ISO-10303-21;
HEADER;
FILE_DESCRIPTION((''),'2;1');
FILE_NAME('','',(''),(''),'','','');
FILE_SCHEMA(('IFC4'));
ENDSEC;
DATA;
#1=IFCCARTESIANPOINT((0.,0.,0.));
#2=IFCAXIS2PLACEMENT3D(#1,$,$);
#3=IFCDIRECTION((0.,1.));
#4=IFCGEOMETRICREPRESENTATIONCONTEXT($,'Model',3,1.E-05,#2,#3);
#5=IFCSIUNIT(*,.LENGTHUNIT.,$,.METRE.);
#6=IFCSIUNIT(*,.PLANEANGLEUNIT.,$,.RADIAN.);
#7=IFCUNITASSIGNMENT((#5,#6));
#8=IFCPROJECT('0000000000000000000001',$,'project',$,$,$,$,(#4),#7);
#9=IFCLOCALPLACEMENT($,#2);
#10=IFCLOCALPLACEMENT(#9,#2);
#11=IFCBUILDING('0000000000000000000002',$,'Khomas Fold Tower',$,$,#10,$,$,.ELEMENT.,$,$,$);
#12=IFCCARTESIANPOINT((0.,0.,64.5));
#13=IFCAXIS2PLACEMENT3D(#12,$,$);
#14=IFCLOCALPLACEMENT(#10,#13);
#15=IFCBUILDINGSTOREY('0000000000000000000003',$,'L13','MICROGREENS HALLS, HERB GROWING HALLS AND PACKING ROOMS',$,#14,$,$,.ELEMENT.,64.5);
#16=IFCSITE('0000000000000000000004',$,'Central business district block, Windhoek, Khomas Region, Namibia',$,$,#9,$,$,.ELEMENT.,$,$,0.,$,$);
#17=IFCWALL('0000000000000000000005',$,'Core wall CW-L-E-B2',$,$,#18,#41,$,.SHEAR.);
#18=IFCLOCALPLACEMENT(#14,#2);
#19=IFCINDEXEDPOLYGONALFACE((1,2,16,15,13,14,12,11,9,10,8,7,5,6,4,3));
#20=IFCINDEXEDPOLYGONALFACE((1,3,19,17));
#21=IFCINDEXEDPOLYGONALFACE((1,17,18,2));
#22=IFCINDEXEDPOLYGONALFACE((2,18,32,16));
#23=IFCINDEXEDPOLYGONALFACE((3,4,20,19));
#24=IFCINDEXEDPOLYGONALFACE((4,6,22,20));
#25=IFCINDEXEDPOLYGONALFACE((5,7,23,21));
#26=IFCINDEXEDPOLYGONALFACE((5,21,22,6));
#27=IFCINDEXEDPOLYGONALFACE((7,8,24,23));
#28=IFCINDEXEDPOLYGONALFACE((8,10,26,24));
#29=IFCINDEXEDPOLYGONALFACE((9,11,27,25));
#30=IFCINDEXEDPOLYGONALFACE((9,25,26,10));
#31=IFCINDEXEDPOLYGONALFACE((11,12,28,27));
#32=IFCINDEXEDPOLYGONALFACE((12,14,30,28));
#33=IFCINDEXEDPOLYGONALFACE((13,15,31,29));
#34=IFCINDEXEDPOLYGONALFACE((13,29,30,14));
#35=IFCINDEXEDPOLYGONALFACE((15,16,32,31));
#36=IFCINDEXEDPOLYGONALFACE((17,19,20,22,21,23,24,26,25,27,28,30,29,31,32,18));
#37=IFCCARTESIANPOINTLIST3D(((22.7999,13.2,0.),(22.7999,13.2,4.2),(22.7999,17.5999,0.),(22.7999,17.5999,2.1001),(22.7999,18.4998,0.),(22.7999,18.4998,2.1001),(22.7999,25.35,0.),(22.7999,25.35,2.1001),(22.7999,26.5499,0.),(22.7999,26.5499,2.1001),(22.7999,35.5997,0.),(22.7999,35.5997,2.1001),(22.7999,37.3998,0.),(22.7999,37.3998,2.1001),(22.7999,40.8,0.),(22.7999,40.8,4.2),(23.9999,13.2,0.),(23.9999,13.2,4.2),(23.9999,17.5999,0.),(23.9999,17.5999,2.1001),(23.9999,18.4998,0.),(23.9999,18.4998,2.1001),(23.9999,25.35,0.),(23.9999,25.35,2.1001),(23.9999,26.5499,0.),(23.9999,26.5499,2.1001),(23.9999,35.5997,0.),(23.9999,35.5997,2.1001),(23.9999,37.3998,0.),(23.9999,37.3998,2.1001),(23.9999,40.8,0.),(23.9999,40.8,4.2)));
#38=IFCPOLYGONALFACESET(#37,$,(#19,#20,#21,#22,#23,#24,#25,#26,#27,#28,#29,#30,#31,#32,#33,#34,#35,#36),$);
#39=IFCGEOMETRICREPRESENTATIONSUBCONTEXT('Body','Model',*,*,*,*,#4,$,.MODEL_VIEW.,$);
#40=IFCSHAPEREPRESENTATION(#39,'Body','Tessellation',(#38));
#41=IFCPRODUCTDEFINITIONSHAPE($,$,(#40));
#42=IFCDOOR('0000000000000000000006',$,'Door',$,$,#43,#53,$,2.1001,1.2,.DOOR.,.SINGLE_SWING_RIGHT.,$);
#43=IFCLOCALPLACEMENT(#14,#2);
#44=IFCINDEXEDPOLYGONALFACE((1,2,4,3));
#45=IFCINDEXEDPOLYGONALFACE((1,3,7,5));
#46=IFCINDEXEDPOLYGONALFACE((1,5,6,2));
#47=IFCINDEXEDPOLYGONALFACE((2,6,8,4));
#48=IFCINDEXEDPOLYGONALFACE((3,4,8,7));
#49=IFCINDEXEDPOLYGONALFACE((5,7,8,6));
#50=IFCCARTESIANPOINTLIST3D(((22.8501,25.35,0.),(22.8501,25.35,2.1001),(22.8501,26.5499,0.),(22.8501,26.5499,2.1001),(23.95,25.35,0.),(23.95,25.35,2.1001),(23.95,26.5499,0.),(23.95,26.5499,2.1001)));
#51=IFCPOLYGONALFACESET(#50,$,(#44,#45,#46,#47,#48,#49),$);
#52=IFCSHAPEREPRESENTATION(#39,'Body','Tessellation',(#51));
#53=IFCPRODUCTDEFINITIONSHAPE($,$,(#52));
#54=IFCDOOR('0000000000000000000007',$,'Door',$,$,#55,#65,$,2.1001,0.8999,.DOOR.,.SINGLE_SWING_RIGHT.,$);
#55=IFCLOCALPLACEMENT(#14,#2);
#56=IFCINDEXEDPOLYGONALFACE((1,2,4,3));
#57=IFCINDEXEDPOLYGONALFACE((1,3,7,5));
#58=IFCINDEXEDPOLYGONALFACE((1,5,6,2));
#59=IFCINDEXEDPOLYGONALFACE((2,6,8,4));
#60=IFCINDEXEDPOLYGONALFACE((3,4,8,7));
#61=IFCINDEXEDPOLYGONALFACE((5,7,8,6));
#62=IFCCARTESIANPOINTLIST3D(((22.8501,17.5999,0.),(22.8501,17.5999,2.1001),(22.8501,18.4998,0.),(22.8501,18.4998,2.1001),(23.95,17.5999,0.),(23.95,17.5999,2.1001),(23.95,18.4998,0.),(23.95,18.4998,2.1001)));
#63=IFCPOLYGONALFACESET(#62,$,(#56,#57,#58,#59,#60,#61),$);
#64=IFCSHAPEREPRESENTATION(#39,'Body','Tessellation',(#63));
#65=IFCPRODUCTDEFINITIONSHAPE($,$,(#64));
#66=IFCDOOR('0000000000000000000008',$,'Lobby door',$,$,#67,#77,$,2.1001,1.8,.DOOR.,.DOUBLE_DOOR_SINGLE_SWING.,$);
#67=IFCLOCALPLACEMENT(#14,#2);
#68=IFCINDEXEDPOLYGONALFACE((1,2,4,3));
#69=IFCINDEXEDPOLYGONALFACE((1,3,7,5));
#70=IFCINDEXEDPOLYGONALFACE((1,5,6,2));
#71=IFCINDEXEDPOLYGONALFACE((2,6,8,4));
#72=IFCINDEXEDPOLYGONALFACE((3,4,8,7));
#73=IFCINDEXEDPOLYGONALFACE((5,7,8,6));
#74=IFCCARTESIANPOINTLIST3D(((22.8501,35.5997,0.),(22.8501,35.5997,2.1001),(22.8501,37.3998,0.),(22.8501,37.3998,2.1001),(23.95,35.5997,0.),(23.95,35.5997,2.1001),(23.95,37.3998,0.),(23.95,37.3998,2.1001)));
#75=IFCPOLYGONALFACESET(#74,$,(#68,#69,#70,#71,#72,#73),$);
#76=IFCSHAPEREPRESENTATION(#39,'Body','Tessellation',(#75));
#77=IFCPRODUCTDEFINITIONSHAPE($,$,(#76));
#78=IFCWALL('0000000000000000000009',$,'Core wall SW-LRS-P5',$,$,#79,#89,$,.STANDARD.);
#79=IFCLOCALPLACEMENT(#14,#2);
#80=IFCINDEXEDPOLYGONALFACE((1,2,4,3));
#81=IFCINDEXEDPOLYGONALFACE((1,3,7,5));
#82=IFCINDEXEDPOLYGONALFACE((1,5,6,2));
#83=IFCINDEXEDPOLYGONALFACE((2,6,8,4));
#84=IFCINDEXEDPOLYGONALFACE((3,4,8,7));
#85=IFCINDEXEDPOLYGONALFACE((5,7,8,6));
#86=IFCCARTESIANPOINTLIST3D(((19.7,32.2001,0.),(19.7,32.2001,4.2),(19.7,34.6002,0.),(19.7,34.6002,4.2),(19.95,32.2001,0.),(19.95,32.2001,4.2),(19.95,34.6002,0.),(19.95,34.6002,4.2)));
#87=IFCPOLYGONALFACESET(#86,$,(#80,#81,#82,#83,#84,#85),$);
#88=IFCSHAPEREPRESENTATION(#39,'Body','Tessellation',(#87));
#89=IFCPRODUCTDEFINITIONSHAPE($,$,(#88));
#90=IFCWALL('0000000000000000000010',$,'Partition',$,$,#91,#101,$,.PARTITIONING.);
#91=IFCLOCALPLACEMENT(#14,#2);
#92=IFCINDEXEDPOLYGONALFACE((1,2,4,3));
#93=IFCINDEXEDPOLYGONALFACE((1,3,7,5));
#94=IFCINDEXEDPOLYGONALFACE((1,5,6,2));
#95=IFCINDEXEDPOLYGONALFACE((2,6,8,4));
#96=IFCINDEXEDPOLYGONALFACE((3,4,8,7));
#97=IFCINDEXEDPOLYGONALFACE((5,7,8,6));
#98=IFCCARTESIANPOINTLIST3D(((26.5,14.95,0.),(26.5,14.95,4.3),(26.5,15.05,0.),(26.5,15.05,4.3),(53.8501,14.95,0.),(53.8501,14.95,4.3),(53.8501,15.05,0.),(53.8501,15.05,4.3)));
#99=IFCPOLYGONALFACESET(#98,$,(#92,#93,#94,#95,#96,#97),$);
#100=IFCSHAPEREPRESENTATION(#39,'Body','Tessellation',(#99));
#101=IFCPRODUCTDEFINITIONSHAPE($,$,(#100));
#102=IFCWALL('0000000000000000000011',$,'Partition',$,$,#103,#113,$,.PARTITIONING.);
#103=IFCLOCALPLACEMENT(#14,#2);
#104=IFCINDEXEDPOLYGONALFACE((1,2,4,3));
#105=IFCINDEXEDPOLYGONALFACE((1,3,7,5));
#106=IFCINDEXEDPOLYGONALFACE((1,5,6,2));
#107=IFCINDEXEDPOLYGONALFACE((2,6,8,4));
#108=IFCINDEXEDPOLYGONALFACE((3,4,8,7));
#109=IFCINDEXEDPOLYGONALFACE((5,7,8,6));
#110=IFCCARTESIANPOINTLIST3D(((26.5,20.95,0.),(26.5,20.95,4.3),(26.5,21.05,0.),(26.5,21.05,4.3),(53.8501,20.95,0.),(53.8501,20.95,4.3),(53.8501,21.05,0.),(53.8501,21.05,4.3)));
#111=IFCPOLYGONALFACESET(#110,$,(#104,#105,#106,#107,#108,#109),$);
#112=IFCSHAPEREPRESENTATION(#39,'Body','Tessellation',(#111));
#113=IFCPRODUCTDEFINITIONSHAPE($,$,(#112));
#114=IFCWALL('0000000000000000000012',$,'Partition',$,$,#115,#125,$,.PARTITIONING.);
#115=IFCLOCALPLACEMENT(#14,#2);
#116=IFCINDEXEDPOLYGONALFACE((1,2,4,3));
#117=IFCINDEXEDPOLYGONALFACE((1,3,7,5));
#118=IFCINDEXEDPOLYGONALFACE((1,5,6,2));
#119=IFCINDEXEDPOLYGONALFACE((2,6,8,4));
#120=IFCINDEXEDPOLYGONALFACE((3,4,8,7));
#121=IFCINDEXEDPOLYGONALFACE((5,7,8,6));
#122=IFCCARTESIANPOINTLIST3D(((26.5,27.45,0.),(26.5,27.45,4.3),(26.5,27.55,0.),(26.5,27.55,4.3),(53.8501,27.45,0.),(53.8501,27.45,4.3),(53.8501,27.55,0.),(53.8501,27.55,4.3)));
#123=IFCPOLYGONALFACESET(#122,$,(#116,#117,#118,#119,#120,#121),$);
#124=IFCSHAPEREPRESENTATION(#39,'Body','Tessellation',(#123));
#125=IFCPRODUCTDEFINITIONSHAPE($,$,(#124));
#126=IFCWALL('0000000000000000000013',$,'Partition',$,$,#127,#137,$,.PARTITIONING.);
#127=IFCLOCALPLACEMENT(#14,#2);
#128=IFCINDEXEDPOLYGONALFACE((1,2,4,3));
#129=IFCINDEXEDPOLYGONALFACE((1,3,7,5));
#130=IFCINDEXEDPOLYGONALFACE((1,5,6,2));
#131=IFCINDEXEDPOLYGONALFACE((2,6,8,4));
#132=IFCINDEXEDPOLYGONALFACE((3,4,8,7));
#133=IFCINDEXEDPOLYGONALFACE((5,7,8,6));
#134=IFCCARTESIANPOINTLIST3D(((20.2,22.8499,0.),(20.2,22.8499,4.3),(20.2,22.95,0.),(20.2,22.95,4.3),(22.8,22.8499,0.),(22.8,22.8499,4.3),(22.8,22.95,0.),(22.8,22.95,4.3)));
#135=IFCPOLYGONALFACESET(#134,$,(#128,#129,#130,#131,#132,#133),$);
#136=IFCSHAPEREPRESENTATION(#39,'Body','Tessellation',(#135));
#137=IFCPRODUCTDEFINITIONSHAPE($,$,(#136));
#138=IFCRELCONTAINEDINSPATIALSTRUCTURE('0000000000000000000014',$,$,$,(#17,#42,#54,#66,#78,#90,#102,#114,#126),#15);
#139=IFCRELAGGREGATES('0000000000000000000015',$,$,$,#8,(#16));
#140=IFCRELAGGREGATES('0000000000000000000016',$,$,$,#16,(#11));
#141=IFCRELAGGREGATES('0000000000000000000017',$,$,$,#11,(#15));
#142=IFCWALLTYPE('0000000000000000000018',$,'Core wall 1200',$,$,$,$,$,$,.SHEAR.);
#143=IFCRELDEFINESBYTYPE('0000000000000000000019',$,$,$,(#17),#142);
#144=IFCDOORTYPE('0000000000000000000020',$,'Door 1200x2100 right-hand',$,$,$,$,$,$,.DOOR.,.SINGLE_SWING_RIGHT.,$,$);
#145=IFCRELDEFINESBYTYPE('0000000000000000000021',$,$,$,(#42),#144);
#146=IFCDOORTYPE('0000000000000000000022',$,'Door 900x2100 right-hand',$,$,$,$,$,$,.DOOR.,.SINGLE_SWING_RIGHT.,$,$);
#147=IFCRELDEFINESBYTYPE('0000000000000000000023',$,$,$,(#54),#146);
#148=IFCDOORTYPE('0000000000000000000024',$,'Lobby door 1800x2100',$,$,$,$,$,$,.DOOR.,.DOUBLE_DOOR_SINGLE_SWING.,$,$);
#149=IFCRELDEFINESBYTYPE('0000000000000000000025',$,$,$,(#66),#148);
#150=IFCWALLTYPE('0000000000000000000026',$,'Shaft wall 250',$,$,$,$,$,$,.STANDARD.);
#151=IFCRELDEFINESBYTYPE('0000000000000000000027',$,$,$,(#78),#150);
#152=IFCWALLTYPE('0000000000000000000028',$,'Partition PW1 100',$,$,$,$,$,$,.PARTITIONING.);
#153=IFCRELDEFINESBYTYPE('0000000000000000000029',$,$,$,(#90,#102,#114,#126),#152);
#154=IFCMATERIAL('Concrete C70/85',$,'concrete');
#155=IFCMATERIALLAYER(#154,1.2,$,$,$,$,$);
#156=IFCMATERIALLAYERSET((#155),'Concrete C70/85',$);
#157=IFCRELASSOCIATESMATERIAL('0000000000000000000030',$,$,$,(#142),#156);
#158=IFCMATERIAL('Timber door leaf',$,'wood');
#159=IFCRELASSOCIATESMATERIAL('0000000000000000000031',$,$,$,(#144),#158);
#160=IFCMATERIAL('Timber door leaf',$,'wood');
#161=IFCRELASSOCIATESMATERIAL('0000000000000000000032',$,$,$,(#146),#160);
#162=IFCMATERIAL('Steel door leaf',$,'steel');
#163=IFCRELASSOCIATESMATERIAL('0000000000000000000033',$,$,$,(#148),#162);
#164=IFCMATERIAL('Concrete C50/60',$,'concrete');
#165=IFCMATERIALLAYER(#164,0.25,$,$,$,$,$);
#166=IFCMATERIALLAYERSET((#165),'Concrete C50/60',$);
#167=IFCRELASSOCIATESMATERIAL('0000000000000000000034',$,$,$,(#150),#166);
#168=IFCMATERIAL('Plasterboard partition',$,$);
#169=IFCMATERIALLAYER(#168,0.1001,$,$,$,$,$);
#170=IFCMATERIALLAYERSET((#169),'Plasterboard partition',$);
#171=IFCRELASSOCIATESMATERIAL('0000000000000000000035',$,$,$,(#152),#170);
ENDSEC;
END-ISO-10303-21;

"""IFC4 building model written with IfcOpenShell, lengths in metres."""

from ifc_helpers import new_model, si_unit, direction, frame, frame_2d, origin, place, context, subcontext, project, spatial, rectangle, extrude, source, transform, mapped, material, layer, layer_set, type_object, element, fill, save


model = new_model("IFC4")

# Units and contexts
model_context = context("Model", 3, precision=1e-05, world=origin(), true_north=direction((0.0, 1.0)))
body_context = subcontext(model_context, "Body", "Model", "MODEL_VIEW")
ifc_project = project(units=[si_unit("LENGTHUNIT", "METRE"), si_unit("PLANEANGLEUNIT", "RADIAN")], contexts=[model_context])

# Site, building, storey
site_placement = place(None, origin())
site = spatial("IfcSite", under=ifc_project, at=site_placement, Name="Central business district block, Windhoek, Khomas Region, Namibia", CompositionType="ELEMENT", RefElevation=0.0)
building_placement = place(site_placement, origin())
building = spatial("IfcBuilding", under=site, at=building_placement, Name="Khomas Fold Tower", CompositionType="ELEMENT")
storey_placement = place(building_placement, frame((0.0, 0.0, 64.5)))
storey = spatial("IfcBuildingStorey", under=building, at=storey_placement, Name="L13", Description="MICROGREENS HALLS, HERB GROWING HALLS AND PACKING ROOMS", CompositionType="ELEMENT", Elevation=64.5)

# Shared definitions
ifc_material_1 = material(Name="Concrete C70/85", Category="concrete")
ifc_layer_1 = layer(ifc_material_1, 1.2)
ifc_layer_set_1 = layer_set([ifc_layer_1], Name="Concrete C70/85")
wall_type_1 = type_object("IfcWallType", Name="Core wall 1200", PredefinedType="SHEAR", material=ifc_layer_set_1)

# Wall, openings, doors
shared_shape_1 = source(origin(), body_context, "Body", "SweptSolid", [
    extrude(rectangle(XDim=27.6001, YDim=1.2, at=frame_2d((13.8, 0.0))), origin(), (0.0, 0.0, 1.0), 4.2),
])
wall_1_placement = place(storey_placement, frame((23.3999, 13.2, 0.0), z_axis=(0.0, 0.0, 1.0), x_axis=(0.0, 1.0, 0.0)))
wall_1 = element("IfcWall", 1, at=wall_1_placement, inside=storey, type_object=wall_type_1, Name="Core wall CW-L-E-B2", PredefinedType="SHEAR", context=body_context, shape_type="MappedRepresentation", body=[
    mapped(shared_shape_1, transform((0.0, 0.0, 0.0))),
])
shared_shape_2 = source(origin(), body_context, "Body", "SweptSolid", [
    extrude(rectangle(XDim=1.8, YDim=2.1001, at=frame_2d((0.8999, 1.05))), frame((0.0, 0.6099, 0.0), z_axis=(0.0, -1.0, 0.0), x_axis=(1.0, 0.0, 0.0)), (0.0, 0.0, 1.0), 1.22),
])
opening_1_placement = place(wall_1_placement, frame((22.3999, 0.0, 0.0)))
opening_1 = element("IfcOpeningElement", 2, at=opening_1_placement, cuts=wall_1, PredefinedType="OPENING", context=body_context, shape_type="MappedRepresentation", body=[
    mapped(shared_shape_2, transform((0.0, 0.0, 0.0))),
])
shared_shape_3 = source(origin(), body_context, "Body", "SweptSolid", [
    extrude(rectangle(XDim=1.2, YDim=2.1001, at=frame_2d((0.6001, 1.05))), frame((0.0, 0.6099, 0.0), z_axis=(0.0, -1.0, 0.0), x_axis=(1.0, 0.0, 0.0)), (0.0, 0.0, 1.0), 1.22),
])
opening_2_placement = place(wall_1_placement, frame((12.1499, 0.0, 0.0)))
opening_2 = element("IfcOpeningElement", 3, at=opening_2_placement, cuts=wall_1, PredefinedType="OPENING", context=body_context, shape_type="MappedRepresentation", body=[
    mapped(shared_shape_3, transform((0.0, 0.0, 0.0))),
])
shared_shape_4 = source(origin(), body_context, "Body", "SweptSolid", [
    extrude(rectangle(XDim=0.8999, YDim=2.1001, at=frame_2d((0.45, 1.05))), frame((0.0, 0.6099, 0.0), z_axis=(0.0, -1.0, 0.0), x_axis=(1.0, 0.0, 0.0)), (0.0, 0.0, 1.0), 1.22),
])
opening_3_placement = place(wall_1_placement, frame((4.3999, 0.0, 0.0)))
opening_3 = element("IfcOpeningElement", 4, at=opening_3_placement, cuts=wall_1, PredefinedType="OPENING", context=body_context, shape_type="MappedRepresentation", body=[
    mapped(shared_shape_4, transform((0.0, 0.0, 0.0))),
])
ifc_material_2 = material(Name="Timber door leaf", Category="wood")
door_type_1 = type_object("IfcDoorType", Name="Door 1200x2100 right-hand", OperationType="SINGLE_SWING_RIGHT", PredefinedType="DOOR", material=ifc_material_2)
shared_shape_5 = source(origin(), body_context, "Body", "SweptSolid", [
    extrude(rectangle(XDim=1.2, YDim=2.1001, at=frame_2d((0.6001, 1.05))), frame((0.0, 0.5498, 0.0), z_axis=(0.0, -1.0, 0.0), x_axis=(1.0, 0.0, 0.0)), (0.0, 0.0, 1.0), 1.0999),
])
door_1_placement = place(opening_2_placement, origin())
door_1 = element("IfcDoor", 5, at=door_1_placement, inside=storey, type_object=door_type_1, Name="Door", OperationType="SINGLE_SWING_RIGHT", OverallHeight=2.1001, OverallWidth=1.2, PredefinedType="DOOR", context=body_context, shape_type="MappedRepresentation", body=[
    mapped(shared_shape_5, transform((0.0, 0.0, 0.0))),
])
fill(opening_2, door_1)
ifc_material_3 = material(Name="Timber door leaf", Category="wood")
door_type_2 = type_object("IfcDoorType", Name="Door 900x2100 right-hand", OperationType="SINGLE_SWING_RIGHT", PredefinedType="DOOR", material=ifc_material_3)
shared_shape_6 = source(origin(), body_context, "Body", "SweptSolid", [
    extrude(rectangle(XDim=0.8999, YDim=2.1001, at=frame_2d((0.45, 1.05))), frame((0.0, 0.5498, 0.0), z_axis=(0.0, -1.0, 0.0), x_axis=(1.0, 0.0, 0.0)), (0.0, 0.0, 1.0), 1.0999),
])
door_2_placement = place(opening_3_placement, origin())
door_2 = element("IfcDoor", 6, at=door_2_placement, inside=storey, type_object=door_type_2, Name="Door", OperationType="SINGLE_SWING_RIGHT", OverallHeight=2.1001, OverallWidth=0.8999, PredefinedType="DOOR", context=body_context, shape_type="MappedRepresentation", body=[
    mapped(shared_shape_6, transform((0.0, 0.0, 0.0))),
])
fill(opening_3, door_2)
ifc_material_4 = material(Name="Steel door leaf", Category="steel")
door_type_3 = type_object("IfcDoorType", Name="Lobby door 1800x2100", OperationType="DOUBLE_DOOR_SINGLE_SWING", PredefinedType="DOOR", material=ifc_material_4)
shared_shape_7 = source(origin(), body_context, "Body", "SweptSolid", [
    extrude(rectangle(XDim=1.8, YDim=2.1001, at=frame_2d((0.8999, 1.05))), frame((0.0, 0.5498, 0.0), z_axis=(0.0, -1.0, 0.0), x_axis=(1.0, 0.0, 0.0)), (0.0, 0.0, 1.0), 1.0999),
])
door_3_placement = place(opening_1_placement, origin())
door_3 = element("IfcDoor", 7, at=door_3_placement, inside=storey, type_object=door_type_3, Name="Lobby door", OperationType="DOUBLE_DOOR_SINGLE_SWING", OverallHeight=2.1001, OverallWidth=1.8, PredefinedType="DOOR", context=body_context, shape_type="MappedRepresentation", body=[
    mapped(shared_shape_7, transform((0.0, 0.0, 0.0))),
])
fill(opening_1, door_3)

# Walls
ifc_material_5 = material(Name="Concrete C50/60", Category="concrete")
ifc_layer_2 = layer(ifc_material_5, 0.25)
ifc_layer_set_2 = layer_set([ifc_layer_2], Name="Concrete C50/60")
wall_type_2 = type_object("IfcWallType", Name="Shaft wall 250", PredefinedType="STANDARD", material=ifc_layer_set_2)
shared_shape_8 = source(origin(), body_context, "Body", "SweptSolid", [
    extrude(rectangle(XDim=2.4001, YDim=0.25, at=frame_2d((1.2002, 0.0))), origin(), (0.0, 0.0, 1.0), 4.2),
])
wall_2_placement = place(storey_placement, frame((19.825, 32.2, 0.0), z_axis=(0.0, 0.0, 1.0), x_axis=(0.0, 1.0, 0.0)))
element("IfcWall", 8, at=wall_2_placement, inside=storey, type_object=wall_type_2, Name="Core wall SW-LRS-P5", PredefinedType="STANDARD", context=body_context, shape_type="MappedRepresentation", body=[
    mapped(shared_shape_8, transform((0.0, 0.0, 0.0))),
])
ifc_material_6 = material(Name="Plasterboard partition")
ifc_layer_3 = layer(ifc_material_6, 0.1001)
ifc_layer_set_3 = layer_set([ifc_layer_3], Name="Plasterboard partition")
wall_type_3 = type_object("IfcWallType", Name="Partition PW1 100", PredefinedType="PARTITIONING", material=ifc_layer_set_3)
shared_shape_9 = source(origin(), body_context, "Body", "SweptSolid", [
    extrude(rectangle(XDim=27.3501, YDim=0.1001, at=frame_2d((13.675, 0.0))), origin(), (0.0, 0.0, 1.0), 4.3),
])
for number, where, z_axis, x_axis, name in (
    (9, (26.5, 15.0, 0.0), (0.0, 0.0, 1.0), (1.0, 0.0, 0.0), "Partition"),
    (10, (26.5, 21.0, 0.0), (0.0, 0.0, 1.0), (1.0, 0.0, 0.0), "Partition"),
    (11, (26.5, 27.5, 0.0), (0.0, 0.0, 1.0), (1.0, 0.0, 0.0), "Partition"),
):
    element("IfcWall", number, at=place(storey_placement, frame(where, z_axis=z_axis, x_axis=x_axis)), inside=storey, type_object=wall_type_3, Name=name, PredefinedType="PARTITIONING", context=body_context, shape_type="MappedRepresentation", body=[
        mapped(shared_shape_9, transform((0.0, 0.0, 0.0))),
    ])
shared_shape_10 = source(origin(), body_context, "Body", "SweptSolid", [
    extrude(rectangle(XDim=2.6001, YDim=0.1001, at=frame_2d((1.3, 0.0))), origin(), (0.0, 0.0, 1.0), 4.3),
])
wall_3_placement = place(storey_placement, frame((20.2, 22.8999, 0.0), z_axis=(0.0, 0.0, 1.0), x_axis=(1.0, 0.0, 0.0)))
element("IfcWall", 12, at=wall_3_placement, inside=storey, type_object=wall_type_3, Name="Partition", PredefinedType="PARTITIONING", context=body_context, shape_type="MappedRepresentation", body=[
    mapped(shared_shape_10, transform((0.0, 0.0, 0.0))),
])

save(model, "model.ifc")
